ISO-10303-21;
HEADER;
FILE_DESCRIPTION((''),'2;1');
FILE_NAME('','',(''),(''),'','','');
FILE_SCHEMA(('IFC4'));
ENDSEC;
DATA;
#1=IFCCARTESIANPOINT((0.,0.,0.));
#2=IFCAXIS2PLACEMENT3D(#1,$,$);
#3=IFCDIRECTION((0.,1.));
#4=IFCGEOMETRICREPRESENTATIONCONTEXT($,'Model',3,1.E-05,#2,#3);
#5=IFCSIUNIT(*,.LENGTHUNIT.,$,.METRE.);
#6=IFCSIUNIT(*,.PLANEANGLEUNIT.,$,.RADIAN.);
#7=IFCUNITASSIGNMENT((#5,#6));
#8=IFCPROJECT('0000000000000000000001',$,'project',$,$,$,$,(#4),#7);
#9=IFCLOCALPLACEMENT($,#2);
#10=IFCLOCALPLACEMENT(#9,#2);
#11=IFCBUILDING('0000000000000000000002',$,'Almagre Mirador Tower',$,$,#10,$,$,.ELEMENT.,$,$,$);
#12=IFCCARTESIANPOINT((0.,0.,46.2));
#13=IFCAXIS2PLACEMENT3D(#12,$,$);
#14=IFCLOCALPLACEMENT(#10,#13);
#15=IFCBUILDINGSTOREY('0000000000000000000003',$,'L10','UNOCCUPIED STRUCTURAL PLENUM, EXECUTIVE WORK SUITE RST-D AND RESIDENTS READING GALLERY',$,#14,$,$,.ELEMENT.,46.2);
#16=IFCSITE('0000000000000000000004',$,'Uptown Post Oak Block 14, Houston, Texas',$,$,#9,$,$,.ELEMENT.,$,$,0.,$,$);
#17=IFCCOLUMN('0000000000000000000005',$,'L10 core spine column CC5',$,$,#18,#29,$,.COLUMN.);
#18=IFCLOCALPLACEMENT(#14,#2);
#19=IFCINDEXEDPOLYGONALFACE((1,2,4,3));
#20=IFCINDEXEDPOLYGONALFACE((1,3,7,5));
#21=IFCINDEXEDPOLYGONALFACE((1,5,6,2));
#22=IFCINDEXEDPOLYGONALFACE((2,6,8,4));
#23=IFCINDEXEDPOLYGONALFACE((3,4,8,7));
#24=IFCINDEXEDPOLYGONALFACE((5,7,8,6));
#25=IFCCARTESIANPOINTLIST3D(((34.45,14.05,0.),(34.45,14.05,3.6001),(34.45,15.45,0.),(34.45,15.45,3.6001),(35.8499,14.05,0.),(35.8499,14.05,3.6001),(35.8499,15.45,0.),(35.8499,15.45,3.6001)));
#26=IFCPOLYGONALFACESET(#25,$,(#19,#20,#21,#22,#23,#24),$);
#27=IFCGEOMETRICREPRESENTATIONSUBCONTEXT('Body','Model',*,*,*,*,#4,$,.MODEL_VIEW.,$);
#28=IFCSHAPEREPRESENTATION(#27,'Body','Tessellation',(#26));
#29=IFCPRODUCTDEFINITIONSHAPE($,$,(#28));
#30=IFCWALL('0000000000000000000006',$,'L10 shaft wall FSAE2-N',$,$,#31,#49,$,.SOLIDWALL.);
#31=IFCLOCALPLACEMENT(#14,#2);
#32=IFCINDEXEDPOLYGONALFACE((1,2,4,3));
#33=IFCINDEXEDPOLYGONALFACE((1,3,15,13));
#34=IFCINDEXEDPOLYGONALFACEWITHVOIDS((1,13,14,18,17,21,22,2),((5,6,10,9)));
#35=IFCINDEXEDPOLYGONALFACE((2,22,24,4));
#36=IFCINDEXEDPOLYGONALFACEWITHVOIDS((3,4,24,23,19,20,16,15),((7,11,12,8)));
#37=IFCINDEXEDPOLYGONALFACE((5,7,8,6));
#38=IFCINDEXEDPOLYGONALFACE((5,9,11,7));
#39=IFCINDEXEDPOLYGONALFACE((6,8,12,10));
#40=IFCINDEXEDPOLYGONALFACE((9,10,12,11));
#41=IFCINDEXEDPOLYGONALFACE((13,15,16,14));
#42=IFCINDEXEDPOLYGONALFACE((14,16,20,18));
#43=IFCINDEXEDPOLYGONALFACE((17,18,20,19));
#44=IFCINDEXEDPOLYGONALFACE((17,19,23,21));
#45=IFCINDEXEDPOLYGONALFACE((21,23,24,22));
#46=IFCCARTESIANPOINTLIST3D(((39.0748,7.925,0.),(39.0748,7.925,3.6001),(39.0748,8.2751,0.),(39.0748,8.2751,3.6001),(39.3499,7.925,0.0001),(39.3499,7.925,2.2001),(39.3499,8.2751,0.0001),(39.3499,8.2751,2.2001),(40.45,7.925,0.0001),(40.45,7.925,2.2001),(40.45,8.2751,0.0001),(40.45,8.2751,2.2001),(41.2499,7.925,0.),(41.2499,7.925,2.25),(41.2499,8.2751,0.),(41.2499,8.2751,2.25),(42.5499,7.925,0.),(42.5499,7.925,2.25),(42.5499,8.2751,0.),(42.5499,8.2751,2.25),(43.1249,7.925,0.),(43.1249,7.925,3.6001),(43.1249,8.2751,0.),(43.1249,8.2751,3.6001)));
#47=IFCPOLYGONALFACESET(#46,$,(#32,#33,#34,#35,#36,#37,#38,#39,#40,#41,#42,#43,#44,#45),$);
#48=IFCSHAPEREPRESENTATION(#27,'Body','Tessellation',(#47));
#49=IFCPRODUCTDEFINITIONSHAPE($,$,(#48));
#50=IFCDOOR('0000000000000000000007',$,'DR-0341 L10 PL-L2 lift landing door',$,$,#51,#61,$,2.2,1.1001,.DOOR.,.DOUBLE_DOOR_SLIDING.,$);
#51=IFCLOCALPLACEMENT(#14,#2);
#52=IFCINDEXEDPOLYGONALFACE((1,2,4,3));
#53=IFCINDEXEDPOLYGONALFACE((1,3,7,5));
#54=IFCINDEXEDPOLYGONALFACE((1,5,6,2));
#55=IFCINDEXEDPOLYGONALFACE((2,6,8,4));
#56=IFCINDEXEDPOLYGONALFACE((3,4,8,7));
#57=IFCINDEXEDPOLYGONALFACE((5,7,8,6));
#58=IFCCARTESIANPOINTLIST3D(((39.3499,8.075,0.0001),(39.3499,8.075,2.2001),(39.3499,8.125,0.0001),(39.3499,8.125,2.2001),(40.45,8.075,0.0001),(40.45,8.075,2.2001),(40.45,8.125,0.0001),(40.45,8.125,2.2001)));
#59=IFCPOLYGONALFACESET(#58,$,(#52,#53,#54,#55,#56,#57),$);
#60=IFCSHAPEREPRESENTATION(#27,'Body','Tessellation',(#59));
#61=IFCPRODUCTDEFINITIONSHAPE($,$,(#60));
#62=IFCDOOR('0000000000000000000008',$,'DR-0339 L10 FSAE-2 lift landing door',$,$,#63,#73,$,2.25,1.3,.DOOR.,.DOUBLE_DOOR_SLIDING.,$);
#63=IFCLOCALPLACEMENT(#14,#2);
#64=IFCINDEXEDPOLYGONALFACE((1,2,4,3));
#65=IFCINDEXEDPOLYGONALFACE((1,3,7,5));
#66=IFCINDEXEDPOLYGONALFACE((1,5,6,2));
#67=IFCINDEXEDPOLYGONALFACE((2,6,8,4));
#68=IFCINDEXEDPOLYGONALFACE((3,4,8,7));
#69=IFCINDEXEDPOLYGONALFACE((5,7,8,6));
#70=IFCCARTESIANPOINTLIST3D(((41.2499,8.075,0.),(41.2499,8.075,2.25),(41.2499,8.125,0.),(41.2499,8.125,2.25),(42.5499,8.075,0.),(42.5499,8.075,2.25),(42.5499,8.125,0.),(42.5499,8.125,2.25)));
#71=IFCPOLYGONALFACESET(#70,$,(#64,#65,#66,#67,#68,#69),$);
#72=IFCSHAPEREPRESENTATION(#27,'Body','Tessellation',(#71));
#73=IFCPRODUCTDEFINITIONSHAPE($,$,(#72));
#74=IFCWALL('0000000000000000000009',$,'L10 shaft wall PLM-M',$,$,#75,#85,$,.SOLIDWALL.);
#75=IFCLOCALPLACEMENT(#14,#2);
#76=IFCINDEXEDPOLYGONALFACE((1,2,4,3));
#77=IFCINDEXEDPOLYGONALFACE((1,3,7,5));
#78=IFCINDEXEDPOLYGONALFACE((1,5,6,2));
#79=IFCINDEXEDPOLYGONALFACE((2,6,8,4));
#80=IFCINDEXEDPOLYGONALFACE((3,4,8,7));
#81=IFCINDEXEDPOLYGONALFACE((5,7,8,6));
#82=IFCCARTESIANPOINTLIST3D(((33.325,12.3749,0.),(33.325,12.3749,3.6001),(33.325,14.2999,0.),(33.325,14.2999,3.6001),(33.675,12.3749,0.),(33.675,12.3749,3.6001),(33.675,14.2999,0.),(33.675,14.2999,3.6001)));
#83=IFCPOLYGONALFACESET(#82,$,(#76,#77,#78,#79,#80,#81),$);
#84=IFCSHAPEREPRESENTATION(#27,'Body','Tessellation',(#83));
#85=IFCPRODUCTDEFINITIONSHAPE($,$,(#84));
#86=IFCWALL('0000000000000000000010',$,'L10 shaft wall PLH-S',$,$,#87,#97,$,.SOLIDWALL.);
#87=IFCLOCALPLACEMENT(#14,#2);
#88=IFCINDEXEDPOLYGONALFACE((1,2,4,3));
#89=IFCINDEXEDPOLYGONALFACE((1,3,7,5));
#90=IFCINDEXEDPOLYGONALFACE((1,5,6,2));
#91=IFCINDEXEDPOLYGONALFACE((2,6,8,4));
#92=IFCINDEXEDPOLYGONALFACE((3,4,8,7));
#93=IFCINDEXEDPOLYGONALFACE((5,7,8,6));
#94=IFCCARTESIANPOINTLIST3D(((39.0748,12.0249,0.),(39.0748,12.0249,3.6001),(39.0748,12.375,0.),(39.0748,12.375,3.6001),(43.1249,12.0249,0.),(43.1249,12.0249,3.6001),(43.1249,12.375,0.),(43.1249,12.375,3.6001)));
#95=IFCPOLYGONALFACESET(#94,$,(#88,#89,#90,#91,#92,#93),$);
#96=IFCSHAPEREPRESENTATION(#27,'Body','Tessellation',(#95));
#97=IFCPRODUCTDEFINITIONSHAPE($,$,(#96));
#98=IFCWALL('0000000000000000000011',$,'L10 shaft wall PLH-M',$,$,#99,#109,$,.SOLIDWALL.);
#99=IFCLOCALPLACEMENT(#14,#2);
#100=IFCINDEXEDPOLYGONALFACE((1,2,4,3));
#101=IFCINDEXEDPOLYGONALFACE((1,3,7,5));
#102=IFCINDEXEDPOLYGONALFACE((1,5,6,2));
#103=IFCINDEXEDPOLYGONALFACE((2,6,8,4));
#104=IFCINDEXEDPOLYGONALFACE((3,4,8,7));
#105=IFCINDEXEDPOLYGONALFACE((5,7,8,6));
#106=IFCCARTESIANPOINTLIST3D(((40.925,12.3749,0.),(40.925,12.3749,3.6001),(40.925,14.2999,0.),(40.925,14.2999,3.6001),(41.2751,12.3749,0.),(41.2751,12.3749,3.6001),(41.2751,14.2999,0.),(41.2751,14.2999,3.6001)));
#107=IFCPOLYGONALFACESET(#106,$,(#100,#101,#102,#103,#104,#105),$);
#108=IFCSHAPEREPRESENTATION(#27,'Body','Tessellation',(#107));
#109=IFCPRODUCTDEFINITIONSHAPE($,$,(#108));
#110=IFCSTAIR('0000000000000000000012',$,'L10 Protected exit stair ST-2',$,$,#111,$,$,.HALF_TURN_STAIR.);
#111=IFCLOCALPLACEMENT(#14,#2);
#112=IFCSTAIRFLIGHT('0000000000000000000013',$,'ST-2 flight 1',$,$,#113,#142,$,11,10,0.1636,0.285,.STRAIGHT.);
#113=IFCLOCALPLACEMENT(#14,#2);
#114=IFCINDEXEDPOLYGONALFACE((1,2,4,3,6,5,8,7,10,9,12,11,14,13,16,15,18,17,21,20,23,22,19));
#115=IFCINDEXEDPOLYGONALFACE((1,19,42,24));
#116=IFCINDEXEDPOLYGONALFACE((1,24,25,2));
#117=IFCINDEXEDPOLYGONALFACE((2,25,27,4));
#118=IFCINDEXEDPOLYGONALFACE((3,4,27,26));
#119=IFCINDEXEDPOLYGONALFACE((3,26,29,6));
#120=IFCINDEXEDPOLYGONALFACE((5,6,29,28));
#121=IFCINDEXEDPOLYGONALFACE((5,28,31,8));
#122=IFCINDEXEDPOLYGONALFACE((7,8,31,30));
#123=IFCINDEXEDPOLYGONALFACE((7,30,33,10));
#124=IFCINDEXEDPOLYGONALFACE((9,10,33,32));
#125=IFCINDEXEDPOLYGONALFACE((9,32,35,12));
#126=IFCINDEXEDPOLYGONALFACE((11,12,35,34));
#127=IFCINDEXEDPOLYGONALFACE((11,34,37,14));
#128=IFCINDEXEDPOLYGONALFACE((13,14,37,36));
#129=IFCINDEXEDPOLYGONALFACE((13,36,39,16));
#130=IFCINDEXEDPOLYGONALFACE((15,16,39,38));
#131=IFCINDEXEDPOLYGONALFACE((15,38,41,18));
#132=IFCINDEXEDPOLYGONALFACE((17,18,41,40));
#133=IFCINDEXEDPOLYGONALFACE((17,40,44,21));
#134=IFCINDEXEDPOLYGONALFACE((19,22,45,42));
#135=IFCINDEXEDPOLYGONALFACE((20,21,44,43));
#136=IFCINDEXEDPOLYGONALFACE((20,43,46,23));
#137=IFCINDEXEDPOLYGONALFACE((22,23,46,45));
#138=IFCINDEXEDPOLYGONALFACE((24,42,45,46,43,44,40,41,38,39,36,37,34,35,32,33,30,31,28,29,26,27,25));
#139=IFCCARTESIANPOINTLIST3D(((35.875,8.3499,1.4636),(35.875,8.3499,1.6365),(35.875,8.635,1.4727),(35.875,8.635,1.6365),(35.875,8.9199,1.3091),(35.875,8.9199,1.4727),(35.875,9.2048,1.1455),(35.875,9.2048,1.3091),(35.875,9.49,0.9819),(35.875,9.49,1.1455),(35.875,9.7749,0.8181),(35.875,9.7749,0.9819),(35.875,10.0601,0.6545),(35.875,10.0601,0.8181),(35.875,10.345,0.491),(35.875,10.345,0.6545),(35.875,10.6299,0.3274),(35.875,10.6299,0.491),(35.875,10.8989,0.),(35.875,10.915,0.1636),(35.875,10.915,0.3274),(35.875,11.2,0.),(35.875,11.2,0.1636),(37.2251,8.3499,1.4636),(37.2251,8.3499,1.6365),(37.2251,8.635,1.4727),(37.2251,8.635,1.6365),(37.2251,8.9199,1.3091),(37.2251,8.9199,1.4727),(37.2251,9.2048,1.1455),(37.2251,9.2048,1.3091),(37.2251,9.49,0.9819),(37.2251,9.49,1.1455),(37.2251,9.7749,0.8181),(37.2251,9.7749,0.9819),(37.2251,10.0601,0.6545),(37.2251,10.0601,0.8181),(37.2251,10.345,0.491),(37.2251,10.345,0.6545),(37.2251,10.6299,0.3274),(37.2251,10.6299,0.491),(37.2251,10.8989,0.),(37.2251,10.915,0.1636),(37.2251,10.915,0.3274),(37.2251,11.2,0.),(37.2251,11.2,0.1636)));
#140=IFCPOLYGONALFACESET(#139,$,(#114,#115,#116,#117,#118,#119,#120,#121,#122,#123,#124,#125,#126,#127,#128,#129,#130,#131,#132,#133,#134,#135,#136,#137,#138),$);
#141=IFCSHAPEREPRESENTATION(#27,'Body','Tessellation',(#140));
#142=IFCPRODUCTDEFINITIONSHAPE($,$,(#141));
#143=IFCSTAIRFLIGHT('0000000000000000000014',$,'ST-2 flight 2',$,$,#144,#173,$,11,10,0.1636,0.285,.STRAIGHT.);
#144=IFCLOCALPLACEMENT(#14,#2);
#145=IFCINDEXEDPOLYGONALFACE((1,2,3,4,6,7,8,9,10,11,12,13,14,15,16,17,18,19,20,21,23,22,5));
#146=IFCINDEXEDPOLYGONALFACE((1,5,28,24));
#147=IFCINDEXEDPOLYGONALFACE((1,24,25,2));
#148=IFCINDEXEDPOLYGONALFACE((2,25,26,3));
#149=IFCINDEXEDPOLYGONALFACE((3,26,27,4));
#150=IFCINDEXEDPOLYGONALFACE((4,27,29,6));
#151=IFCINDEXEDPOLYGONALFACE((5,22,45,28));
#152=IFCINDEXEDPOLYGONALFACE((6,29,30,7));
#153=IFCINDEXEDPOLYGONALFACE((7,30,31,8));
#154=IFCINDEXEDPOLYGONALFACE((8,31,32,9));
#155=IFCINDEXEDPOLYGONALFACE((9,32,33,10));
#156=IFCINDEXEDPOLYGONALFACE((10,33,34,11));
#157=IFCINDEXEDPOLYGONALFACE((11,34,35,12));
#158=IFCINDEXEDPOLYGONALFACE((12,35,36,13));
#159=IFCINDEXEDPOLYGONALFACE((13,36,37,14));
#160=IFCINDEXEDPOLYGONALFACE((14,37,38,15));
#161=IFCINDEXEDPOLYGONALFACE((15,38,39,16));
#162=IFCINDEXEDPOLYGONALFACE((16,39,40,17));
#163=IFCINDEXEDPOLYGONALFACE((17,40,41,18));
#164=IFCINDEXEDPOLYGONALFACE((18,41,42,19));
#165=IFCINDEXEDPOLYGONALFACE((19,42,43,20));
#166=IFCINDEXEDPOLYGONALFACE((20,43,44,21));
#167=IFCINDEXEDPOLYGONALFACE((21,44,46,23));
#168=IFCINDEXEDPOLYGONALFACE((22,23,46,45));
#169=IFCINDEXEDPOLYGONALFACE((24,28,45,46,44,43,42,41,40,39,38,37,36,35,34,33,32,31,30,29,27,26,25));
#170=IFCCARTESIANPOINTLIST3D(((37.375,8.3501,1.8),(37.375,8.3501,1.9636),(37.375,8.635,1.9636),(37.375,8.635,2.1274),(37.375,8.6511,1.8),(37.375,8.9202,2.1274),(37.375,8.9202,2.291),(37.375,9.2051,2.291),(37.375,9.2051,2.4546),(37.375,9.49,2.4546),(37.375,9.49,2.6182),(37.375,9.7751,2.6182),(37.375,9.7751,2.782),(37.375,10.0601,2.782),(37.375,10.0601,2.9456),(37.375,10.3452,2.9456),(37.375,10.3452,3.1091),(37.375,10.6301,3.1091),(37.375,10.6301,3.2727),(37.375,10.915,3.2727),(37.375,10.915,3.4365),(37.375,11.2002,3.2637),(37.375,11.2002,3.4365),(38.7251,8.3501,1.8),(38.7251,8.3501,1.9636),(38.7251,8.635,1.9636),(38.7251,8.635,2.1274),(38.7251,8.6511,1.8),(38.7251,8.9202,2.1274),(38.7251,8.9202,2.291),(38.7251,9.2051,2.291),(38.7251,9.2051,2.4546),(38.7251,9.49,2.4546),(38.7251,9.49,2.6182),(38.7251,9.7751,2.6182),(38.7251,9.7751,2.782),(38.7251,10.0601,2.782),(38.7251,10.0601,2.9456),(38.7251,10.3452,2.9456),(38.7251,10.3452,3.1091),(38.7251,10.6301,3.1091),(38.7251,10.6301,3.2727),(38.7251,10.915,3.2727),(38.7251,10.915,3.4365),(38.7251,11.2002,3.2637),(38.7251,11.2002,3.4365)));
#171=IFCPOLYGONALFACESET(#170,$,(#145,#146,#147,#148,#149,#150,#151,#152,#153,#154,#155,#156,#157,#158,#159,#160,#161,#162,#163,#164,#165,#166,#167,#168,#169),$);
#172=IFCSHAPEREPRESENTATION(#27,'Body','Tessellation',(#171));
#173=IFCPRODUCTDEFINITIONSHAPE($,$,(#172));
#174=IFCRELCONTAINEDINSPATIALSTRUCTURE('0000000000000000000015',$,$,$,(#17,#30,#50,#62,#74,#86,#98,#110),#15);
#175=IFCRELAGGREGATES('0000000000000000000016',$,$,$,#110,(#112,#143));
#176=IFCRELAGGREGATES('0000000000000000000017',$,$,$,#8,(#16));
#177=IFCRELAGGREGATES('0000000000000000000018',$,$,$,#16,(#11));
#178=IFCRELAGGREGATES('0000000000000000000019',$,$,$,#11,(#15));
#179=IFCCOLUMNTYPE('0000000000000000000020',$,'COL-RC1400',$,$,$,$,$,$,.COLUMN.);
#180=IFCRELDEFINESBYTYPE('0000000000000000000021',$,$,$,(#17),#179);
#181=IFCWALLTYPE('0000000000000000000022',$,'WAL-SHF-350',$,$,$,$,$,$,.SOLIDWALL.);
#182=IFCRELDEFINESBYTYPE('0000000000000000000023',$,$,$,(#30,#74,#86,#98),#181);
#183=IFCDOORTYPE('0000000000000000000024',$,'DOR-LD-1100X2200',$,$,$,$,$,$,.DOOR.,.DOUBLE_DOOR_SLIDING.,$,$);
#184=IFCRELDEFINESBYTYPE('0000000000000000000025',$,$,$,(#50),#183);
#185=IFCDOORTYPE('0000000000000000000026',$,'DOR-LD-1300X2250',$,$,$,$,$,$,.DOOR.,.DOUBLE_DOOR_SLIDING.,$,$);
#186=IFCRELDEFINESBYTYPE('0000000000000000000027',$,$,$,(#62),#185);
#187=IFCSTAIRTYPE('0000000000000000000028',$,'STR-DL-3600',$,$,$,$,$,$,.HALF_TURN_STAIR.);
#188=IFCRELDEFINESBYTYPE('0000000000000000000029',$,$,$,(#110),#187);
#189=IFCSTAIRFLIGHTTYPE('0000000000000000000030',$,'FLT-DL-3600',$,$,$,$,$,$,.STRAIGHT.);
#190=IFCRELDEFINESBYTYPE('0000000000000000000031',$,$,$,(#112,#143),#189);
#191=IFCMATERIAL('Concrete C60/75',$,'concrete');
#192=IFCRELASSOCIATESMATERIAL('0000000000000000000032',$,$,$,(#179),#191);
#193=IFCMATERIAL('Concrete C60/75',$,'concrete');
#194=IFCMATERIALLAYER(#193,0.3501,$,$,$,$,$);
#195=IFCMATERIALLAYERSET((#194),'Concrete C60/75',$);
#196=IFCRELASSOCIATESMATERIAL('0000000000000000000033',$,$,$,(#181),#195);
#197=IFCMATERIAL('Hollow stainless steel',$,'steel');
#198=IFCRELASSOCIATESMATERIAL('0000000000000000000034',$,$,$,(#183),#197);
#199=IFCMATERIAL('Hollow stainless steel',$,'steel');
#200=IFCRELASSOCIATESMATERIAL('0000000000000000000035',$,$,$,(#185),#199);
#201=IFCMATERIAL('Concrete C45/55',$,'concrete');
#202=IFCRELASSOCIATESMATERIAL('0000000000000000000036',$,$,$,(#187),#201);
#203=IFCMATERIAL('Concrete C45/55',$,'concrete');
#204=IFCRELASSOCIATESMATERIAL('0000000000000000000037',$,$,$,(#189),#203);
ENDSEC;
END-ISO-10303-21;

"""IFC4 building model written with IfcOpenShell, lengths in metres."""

from ifc_helpers import new_model, si_unit, direction, frame, frame_2d, origin, origin_2d, place, context, subcontext, project, spatial, polyline, rectangle, outline, extrude, material, layer, layer_set, material_profile, profile_set, type_object, element, fill, aggregate, save


model = new_model("IFC4")

# Units and contexts
model_context = context("Model", 3, precision=1e-05, world=origin(), true_north=direction((0.0, 1.0)))
body_context = subcontext(model_context, "Body", "Model", "MODEL_VIEW")
ifc_project = project(units=[si_unit("LENGTHUNIT", "METRE"), si_unit("PLANEANGLEUNIT", "RADIAN")], contexts=[model_context])

# Site, building, storey
site_placement = place(None, origin())
site = spatial("IfcSite", under=ifc_project, at=site_placement, Name="Uptown Post Oak Block 14, Houston, Texas", CompositionType="ELEMENT", RefElevation=0.0)
building_placement = place(site_placement, origin())
building = spatial("IfcBuilding", under=site, at=building_placement, Name="Almagre Mirador Tower", CompositionType="ELEMENT")
storey_placement = place(building_placement, frame((0.0, 0.0, 46.2)))
storey = spatial("IfcBuildingStorey", under=building, at=storey_placement, Name="L10", Description="UNOCCUPIED STRUCTURAL PLENUM, EXECUTIVE WORK SUITE RST-D AND RESIDENTS READING GALLERY", CompositionType="ELEMENT", Elevation=46.2)

# Column
ifc_material_1 = material(Name="Concrete C60/75", Category="concrete")
ifc_material_profile = material_profile(ifc_material_1, rectangle(XDim=1.3999, YDim=1.3999, at=origin_2d()), Name="RC1400X1400")
ifc_profile_set = profile_set([ifc_material_profile], Name="Concrete C60/75")
column_type = type_object("IfcColumnType", Name="COL-RC1400", PredefinedType="COLUMN", material=ifc_profile_set)
column_placement = place(storey_placement, frame((35.1499, 14.75, 0.0), z_axis=(0.0, 0.0, 1.0), x_axis=(1.0, 0.0, 0.0)))
element("IfcColumn", 1, at=column_placement, inside=storey, type_object=column_type, Name="L10 core spine column CC5", PredefinedType="COLUMN", context=body_context, shape_type="SweptSolid", body=[
    extrude(rectangle(XDim=1.3999, YDim=1.3999, at=origin_2d()), origin(), (0.0, 0.0, 1.0), 3.6001),
])

# Wall, openings, doors
ifc_material_2 = material(Name="Concrete C60/75", Category="concrete")
ifc_layer_1 = layer(ifc_material_2, 0.3501)
ifc_layer_set_1 = layer_set([ifc_layer_1], Name="Concrete C60/75")
wall_type_1 = type_object("IfcWallType", Name="WAL-SHF-350", PredefinedType="SOLIDWALL", material=ifc_layer_set_1)
wall_1_placement = place(storey_placement, frame((39.075, 8.1001, 0.0), z_axis=(0.0, 0.0, 1.0), x_axis=(1.0, 0.0, 0.0)))
wall_1 = element("IfcWall", 2, at=wall_1_placement, inside=storey, type_object=wall_type_1, Name="L10 shaft wall FSAE2-N", PredefinedType="SOLIDWALL", context=body_context, shape_type="SweptSolid", body=[
    extrude(rectangle(XDim=4.05, YDim=0.3501, at=frame_2d((2.0249, 0.0))), origin(), (0.0, 0.0, 1.0), 3.6001),
])
opening_1_placement = place(wall_1_placement, frame((2.175, 0.0, 0.0)))
opening_1 = element("IfcOpeningElement", 3, at=opening_1_placement, cuts=wall_1, PredefinedType="OPENING", context=body_context, shape_type="SweptSolid", body=[
    extrude(rectangle(XDim=1.3, YDim=2.25, at=frame_2d((0.6499, 1.125))), frame((0.0, 0.185, 0.0), z_axis=(0.0, -1.0, 0.0), x_axis=(1.0, 0.0, 0.0)), (0.0, 0.0, 1.0), 0.3701),
])
opening_2_placement = place(wall_1_placement, frame((0.2749, 0.0, 0.0)))
opening_2 = element("IfcOpeningElement", 4, at=opening_2_placement, cuts=wall_1, PredefinedType="OPENING", context=body_context, shape_type="SweptSolid", body=[
    extrude(rectangle(XDim=1.1001, YDim=2.2, at=frame_2d((0.55, 1.1001))), frame((0.0, 0.185, 0.0), z_axis=(0.0, -1.0, 0.0), x_axis=(1.0, 0.0, 0.0)), (0.0, 0.0, 1.0), 0.3701),
])
ifc_material_3 = material(Name="Hollow stainless steel", Category="steel")
door_type_1 = type_object("IfcDoorType", Name="DOR-LD-1100X2200", OperationType="DOUBLE_DOOR_SLIDING", PredefinedType="DOOR", material=ifc_material_3)
door_1_placement = place(opening_2_placement, origin())
door_1 = element("IfcDoor", 5, at=door_1_placement, inside=storey, type_object=door_type_1, Name="DR-0341 L10 PL-L2 lift landing door", OperationType="DOUBLE_DOOR_SLIDING", OverallHeight=2.2, OverallWidth=1.1001, PredefinedType="DOOR", context=body_context, shape_type="SweptSolid", body=[
    extrude(rectangle(XDim=1.1001, YDim=2.2, at=frame_2d((0.55, 1.1001))), frame((0.0, 0.0249, 0.0), z_axis=(0.0, -1.0, 0.0), x_axis=(1.0, 0.0, 0.0)), (0.0, 0.0, 1.0), 0.05),
])
fill(opening_2, door_1)
ifc_material_4 = material(Name="Hollow stainless steel", Category="steel")
door_type_2 = type_object("IfcDoorType", Name="DOR-LD-1300X2250", OperationType="DOUBLE_DOOR_SLIDING", PredefinedType="DOOR", material=ifc_material_4)
door_2_placement = place(opening_1_placement, origin())
door_2 = element("IfcDoor", 6, at=door_2_placement, inside=storey, type_object=door_type_2, Name="DR-0339 L10 FSAE-2 lift landing door", OperationType="DOUBLE_DOOR_SLIDING", OverallHeight=2.25, OverallWidth=1.3, PredefinedType="DOOR", context=body_context, shape_type="SweptSolid", body=[
    extrude(rectangle(XDim=1.3, YDim=2.25, at=frame_2d((0.6499, 1.125))), frame((0.0, 0.0249, 0.0), z_axis=(0.0, -1.0, 0.0), x_axis=(1.0, 0.0, 0.0)), (0.0, 0.0, 1.0), 0.05),
])
fill(opening_1, door_2)

# Walls
wall_2_placement = place(storey_placement, frame((33.5, 12.375, 0.0), z_axis=(0.0, 0.0, 1.0), x_axis=(0.0, 1.0, 0.0)))
element("IfcWall", 7, at=wall_2_placement, inside=storey, type_object=wall_type_1, Name="L10 shaft wall PLM-M", PredefinedType="SOLIDWALL", context=body_context, shape_type="SweptSolid", body=[
    extrude(rectangle(XDim=1.925, YDim=0.3501, at=frame_2d((0.9624, 0.0))), origin(), (0.0, 0.0, 1.0), 3.6001),
])
wall_3_placement = place(storey_placement, frame((39.075, 12.2, 0.0), z_axis=(0.0, 0.0, 1.0), x_axis=(1.0, 0.0, 0.0)))
element("IfcWall", 8, at=wall_3_placement, inside=storey, type_object=wall_type_1, Name="L10 shaft wall PLH-S", PredefinedType="SOLIDWALL", context=body_context, shape_type="SweptSolid", body=[
    extrude(rectangle(XDim=4.05, YDim=0.3501, at=frame_2d((2.0249, 0.0))), origin(), (0.0, 0.0, 1.0), 3.6001),
])
wall_4_placement = place(storey_placement, frame((41.1001, 12.375, 0.0), z_axis=(0.0, 0.0, 1.0), x_axis=(0.0, 1.0, 0.0)))
element("IfcWall", 9, at=wall_4_placement, inside=storey, type_object=wall_type_1, Name="L10 shaft wall PLH-M", PredefinedType="SOLIDWALL", context=body_context, shape_type="SweptSolid", body=[
    extrude(rectangle(XDim=1.925, YDim=0.3501, at=frame_2d((0.9624, 0.0))), origin(), (0.0, 0.0, 1.0), 3.6001),
])

# Stair, stair flights
ifc_material_5 = material(Name="Concrete C45/55", Category="concrete")
stair_type = type_object("IfcStairType", Name="STR-DL-3600", PredefinedType="HALF_TURN_STAIR", material=ifc_material_5)
stair_1_placement = place(storey_placement, origin())
stair_1 = element("IfcStair", 10, at=stair_1_placement, inside=storey, type_object=stair_type, Name="L10 Protected exit stair ST-2", PredefinedType="HALF_TURN_STAIR")
ifc_material_6 = material(Name="Concrete C45/55", Category="concrete")
stair_flight_type = type_object("IfcStairFlightType", Name="FLT-DL-3600", PredefinedType="STRAIGHT", material=ifc_material_6)
stair_flight_1_placement = place(storey_placement, frame((36.55, 11.2, 0.0), z_axis=(0.0, 0.0, 1.0), x_axis=(0.0, -1.0, 0.0)))
stair_flight_1 = element("IfcStairFlight", 11, at=stair_flight_1_placement, type_object=stair_flight_type, Name="ST-2 flight 1", NumberOfRisers=11, NumberOfTreads=10, PredefinedType="STRAIGHT", RiserHeight=0.1636, TreadLength=0.285, context=body_context, shape_type="SweptSolid", body=[
    extrude(outline(polyline([(0.0, 0.0), (0.0, 0.1636), (0.2849, 0.1636), (0.2849, 0.3274), (0.5701, 0.3274), (0.5701, 0.491), (0.855, 0.491), (0.855, 0.6545), (1.1399, 0.6545), (1.1399, 0.8181), (1.425, 0.8181), (1.425, 0.9819), (1.71, 0.9819), (1.71, 1.1455), (1.9951, 1.1455), (1.9951, 1.3091), (2.28, 1.3091), (2.28, 1.4727), (2.5649, 1.4727), (2.5649, 1.6365), (2.8501, 1.6365), (2.8501, 1.8), (2.8501, 1.4636), (0.301, 0.0), (0.0, 0.0)])), frame((0.0, 0.675, 0.0), z_axis=(0.0, -1.0, 0.0), x_axis=(1.0, 0.0, 0.0)), (0.0, 0.0, 1.0), 1.3501),
])
stair_flight_2_placement = place(storey_placement, frame((38.05, 8.3501, 1.8), z_axis=(0.0, 0.0, 1.0), x_axis=(0.0, 1.0, 0.0)))
stair_flight_2 = element("IfcStairFlight", 12, at=stair_flight_2_placement, type_object=stair_flight_type, Name="ST-2 flight 2", NumberOfRisers=11, NumberOfTreads=10, PredefinedType="STRAIGHT", RiserHeight=0.1636, TreadLength=0.285, context=body_context, shape_type="SweptSolid", body=[
    extrude(outline(polyline([(0.0, 0.0), (0.0, 0.1636), (0.2849, 0.1636), (0.2849, 0.3274), (0.5701, 0.3274), (0.5701, 0.491), (0.855, 0.491), (0.855, 0.6545), (1.1399, 0.6545), (1.1399, 0.8181), (1.425, 0.8181), (1.425, 0.9819), (1.71, 0.9819), (1.71, 1.1455), (1.9951, 1.1455), (1.9951, 1.3091), (2.28, 1.3091), (2.28, 1.4727), (2.5649, 1.4727), (2.5649, 1.6365), (2.8501, 1.6365), (2.8501, 1.8), (2.8501, 1.4636), (0.301, 0.0), (0.0, 0.0)])), frame((0.0, 0.675, 0.0), z_axis=(0.0, -1.0, 0.0), x_axis=(1.0, 0.0, 0.0)), (0.0, 0.0, 1.0), 1.3501),
])
aggregate(stair_1, [stair_flight_1, stair_flight_2])

save(model, "model.ifc")
